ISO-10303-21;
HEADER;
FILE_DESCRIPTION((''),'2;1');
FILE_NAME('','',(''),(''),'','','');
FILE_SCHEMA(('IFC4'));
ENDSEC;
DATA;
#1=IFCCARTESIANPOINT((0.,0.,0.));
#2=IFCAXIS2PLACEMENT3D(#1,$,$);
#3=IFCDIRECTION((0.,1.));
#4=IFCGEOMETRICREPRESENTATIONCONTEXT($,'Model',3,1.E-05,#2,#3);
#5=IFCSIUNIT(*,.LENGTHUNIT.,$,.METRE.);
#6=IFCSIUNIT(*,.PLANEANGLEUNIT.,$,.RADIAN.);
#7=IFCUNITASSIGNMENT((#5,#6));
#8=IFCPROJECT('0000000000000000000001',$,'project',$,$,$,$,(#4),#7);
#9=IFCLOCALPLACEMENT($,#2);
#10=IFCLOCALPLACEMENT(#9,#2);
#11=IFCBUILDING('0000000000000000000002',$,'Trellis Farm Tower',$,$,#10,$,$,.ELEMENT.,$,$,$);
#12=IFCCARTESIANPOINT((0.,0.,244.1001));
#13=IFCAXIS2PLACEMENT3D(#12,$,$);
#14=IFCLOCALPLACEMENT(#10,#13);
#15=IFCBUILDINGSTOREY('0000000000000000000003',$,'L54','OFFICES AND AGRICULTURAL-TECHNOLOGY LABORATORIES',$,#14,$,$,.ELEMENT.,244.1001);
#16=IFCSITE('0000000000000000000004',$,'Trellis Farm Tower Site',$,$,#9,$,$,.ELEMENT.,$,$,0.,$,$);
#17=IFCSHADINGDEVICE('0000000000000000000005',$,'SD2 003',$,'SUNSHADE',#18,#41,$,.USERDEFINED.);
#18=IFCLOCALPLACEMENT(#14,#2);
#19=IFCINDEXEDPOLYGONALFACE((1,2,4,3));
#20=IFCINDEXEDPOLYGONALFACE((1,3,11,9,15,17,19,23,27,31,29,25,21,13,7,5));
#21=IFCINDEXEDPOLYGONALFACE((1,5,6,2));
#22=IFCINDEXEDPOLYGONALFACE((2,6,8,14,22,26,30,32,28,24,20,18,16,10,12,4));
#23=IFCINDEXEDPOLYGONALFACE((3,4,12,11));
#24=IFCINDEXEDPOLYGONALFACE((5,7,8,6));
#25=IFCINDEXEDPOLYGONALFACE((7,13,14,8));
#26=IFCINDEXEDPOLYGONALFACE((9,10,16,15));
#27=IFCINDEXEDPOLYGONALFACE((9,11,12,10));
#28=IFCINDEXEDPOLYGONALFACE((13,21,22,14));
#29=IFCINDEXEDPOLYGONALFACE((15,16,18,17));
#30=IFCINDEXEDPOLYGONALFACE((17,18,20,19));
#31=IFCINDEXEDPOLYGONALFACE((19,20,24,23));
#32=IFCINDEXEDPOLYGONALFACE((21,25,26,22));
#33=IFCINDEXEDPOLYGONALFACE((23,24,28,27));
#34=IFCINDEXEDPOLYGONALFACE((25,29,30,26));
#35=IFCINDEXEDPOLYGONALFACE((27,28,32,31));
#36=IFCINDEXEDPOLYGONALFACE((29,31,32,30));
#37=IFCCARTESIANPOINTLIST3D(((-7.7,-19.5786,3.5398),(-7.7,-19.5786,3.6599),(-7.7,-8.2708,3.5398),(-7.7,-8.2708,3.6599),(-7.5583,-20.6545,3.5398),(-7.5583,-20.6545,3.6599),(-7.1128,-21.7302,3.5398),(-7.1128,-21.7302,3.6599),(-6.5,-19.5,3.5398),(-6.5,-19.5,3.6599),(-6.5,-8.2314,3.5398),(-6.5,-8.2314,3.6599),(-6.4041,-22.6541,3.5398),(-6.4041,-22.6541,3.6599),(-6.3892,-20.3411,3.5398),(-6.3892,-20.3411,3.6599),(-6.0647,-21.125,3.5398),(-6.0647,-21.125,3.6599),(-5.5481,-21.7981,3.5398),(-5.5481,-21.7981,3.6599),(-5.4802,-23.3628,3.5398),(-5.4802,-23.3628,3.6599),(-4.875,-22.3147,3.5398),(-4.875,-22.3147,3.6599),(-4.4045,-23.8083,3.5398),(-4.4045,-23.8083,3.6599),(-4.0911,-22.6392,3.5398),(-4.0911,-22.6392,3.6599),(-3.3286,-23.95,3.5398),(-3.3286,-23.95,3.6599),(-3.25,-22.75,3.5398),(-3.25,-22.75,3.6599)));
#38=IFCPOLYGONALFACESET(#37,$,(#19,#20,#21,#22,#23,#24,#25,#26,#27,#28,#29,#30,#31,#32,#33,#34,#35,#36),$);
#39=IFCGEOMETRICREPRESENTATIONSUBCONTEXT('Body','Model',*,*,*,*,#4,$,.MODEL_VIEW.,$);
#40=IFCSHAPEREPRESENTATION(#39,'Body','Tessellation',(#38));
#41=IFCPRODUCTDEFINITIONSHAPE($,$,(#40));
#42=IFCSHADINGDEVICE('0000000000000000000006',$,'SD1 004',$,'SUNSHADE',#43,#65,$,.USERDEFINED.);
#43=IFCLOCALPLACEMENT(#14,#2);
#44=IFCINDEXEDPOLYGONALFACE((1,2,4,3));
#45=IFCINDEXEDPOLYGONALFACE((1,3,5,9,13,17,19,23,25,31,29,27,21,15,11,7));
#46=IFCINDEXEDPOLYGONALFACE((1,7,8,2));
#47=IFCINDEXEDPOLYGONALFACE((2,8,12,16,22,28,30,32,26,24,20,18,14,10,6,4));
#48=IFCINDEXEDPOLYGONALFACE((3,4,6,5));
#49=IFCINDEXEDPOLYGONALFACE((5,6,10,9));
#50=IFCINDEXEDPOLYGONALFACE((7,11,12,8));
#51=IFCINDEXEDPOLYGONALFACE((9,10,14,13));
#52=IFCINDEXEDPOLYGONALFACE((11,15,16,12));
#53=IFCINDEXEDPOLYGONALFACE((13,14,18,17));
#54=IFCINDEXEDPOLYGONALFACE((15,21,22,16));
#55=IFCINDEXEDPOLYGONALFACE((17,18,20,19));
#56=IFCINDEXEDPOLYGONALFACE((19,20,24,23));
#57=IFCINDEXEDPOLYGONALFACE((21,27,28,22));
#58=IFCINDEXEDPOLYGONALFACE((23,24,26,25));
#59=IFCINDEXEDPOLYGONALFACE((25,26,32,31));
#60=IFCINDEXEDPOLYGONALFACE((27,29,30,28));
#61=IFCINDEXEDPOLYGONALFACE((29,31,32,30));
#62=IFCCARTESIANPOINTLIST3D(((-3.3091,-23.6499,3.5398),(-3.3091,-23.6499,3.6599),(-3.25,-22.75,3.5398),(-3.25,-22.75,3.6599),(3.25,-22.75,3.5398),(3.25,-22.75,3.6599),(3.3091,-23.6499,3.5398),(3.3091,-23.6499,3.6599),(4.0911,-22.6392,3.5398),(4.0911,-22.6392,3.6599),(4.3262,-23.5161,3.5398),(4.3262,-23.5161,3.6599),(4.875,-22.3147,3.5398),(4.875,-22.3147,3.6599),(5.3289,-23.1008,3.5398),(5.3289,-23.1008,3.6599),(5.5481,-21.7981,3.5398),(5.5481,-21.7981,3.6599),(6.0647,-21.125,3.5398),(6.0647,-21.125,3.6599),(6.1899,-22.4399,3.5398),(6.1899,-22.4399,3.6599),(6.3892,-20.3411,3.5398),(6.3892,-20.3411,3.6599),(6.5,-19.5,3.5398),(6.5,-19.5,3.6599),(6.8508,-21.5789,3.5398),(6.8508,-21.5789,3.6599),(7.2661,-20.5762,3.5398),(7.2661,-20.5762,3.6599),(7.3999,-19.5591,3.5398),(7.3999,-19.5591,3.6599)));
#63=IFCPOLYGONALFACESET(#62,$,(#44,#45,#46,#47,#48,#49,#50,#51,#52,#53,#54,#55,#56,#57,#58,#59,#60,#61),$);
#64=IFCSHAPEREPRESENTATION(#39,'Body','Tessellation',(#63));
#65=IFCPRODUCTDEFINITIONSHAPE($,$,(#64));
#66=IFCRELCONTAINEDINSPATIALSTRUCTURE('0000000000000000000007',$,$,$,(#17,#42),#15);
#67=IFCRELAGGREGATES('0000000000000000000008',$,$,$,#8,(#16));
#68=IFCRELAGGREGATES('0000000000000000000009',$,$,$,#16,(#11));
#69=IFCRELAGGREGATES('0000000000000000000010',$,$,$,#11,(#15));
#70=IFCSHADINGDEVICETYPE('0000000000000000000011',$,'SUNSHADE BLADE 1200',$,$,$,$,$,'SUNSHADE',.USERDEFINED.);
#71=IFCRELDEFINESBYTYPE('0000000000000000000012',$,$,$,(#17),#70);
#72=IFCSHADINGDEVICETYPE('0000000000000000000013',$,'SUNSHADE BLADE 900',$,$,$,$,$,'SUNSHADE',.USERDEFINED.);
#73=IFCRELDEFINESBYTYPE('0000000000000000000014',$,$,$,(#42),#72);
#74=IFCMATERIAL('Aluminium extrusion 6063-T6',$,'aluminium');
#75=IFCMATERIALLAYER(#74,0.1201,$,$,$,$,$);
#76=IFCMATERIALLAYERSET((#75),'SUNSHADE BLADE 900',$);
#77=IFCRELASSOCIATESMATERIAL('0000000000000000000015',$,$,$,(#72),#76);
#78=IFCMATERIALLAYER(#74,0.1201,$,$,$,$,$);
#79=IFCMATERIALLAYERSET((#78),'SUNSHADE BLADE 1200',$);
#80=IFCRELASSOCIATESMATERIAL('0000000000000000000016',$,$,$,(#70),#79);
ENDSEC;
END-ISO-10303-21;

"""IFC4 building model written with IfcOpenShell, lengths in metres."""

from ifc_helpers import new_model, si_unit, direction, frame, origin, place, context, subcontext, project, spatial, polyline, outline, extrude, source, transform, mapped, material, layer, layer_set, type_object, element, save


model = new_model("IFC4")

# Units and contexts
model_context = context("Model", 3, precision=1e-05, world=origin(), true_north=direction((0.0, 1.0)))
body_context = subcontext(model_context, "Body", "Model", "MODEL_VIEW")
ifc_project = project(units=[si_unit("LENGTHUNIT", "METRE"), si_unit("PLANEANGLEUNIT", "RADIAN")], contexts=[model_context])

# Site, building, storey
site_placement = place(None, origin())
site = spatial("IfcSite", under=ifc_project, at=site_placement, Name="Trellis Farm Tower Site", CompositionType="ELEMENT", RefElevation=0.0)
building_placement = place(site_placement, origin())
building = spatial("IfcBuilding", under=site, at=building_placement, Name="Trellis Farm Tower", CompositionType="ELEMENT")
storey_placement = place(building_placement, frame((0.0, 0.0, 244.1001)))
storey = spatial("IfcBuildingStorey", under=building, at=storey_placement, Name="L54", Description="OFFICES AND AGRICULTURAL-TECHNOLOGY LABORATORIES", CompositionType="ELEMENT", Elevation=244.1001)

# Shared definitions
ifc_material_1 = material(Name="Aluminium extrusion 6063-T6", Category="aluminium")

# Shading devices
ifc_layer_1 = layer(ifc_material_1, 0.1201)
ifc_layer_set_1 = layer_set([ifc_layer_1], Name="SUNSHADE BLADE 900")
shading_device_type_1 = type_object("IfcShadingDeviceType", Name="SUNSHADE BLADE 900", ElementType="SUNSHADE", PredefinedType="USERDEFINED", material=ifc_layer_set_1)
placement_1 = place(storey_placement, frame((0.0, 0.0, 3.5398)))
ifc_layer_2 = layer(ifc_material_1, 0.1201)
ifc_layer_set_2 = layer_set([ifc_layer_2], Name="SUNSHADE BLADE 1200")
shading_device_type_2 = type_object("IfcShadingDeviceType", Name="SUNSHADE BLADE 1200", ElementType="SUNSHADE", PredefinedType="USERDEFINED", material=ifc_layer_set_2)
shared_shape_1 = source(origin(), body_context, "Body", "SweptSolid", [
    extrude(outline(polyline([(-7.7, -8.2708), (-7.7, -19.5786), (-7.5583, -20.6545), (-7.1128, -21.7302), (-6.4041, -22.6541), (-5.4802, -23.3628), (-4.4045, -23.8083), (-3.3286, -23.95), (-3.25, -22.75), (-4.0911, -22.6392), (-4.875, -22.3147), (-5.5481, -21.7981), (-6.0647, -21.125), (-6.3892, -20.3411), (-6.5, -19.5), (-6.5, -8.2314), (-7.7, -8.2708)])), origin(), (0.0, 0.0, 1.0), 0.1201),
])
element("IfcShadingDevice", 1, at=placement_1, inside=storey, type_object=shading_device_type_2, Name="SD2 003", ObjectType="SUNSHADE", PredefinedType="USERDEFINED", context=body_context, shape_type="MappedRepresentation", body=[
    mapped(shared_shape_1, transform((0.0, 0.0, 0.0))),
])
shared_shape_2 = source(origin(), body_context, "Body", "SweptSolid", [
    extrude(outline(polyline([(-3.3091, -23.6499), (3.3091, -23.6499), (4.3262, -23.5161), (5.3289, -23.1008), (6.1899, -22.4399), (6.8508, -21.5789), (7.2661, -20.5762), (7.3999, -19.5591), (6.5, -19.5), (6.3892, -20.3411), (6.0647, -21.125), (5.5481, -21.7981), (4.875, -22.3147), (4.0911, -22.6392), (3.25, -22.75), (-3.25, -22.75), (-3.3091, -23.6499)])), origin(), (0.0, 0.0, 1.0), 0.1201),
])
element("IfcShadingDevice", 2, at=placement_1, inside=storey, type_object=shading_device_type_1, Name="SD1 004", ObjectType="SUNSHADE", PredefinedType="USERDEFINED", context=body_context, shape_type="MappedRepresentation", body=[
    mapped(shared_shape_2, transform((0.0, 0.0, 0.0))),
])

save(model, "model.ifc")
